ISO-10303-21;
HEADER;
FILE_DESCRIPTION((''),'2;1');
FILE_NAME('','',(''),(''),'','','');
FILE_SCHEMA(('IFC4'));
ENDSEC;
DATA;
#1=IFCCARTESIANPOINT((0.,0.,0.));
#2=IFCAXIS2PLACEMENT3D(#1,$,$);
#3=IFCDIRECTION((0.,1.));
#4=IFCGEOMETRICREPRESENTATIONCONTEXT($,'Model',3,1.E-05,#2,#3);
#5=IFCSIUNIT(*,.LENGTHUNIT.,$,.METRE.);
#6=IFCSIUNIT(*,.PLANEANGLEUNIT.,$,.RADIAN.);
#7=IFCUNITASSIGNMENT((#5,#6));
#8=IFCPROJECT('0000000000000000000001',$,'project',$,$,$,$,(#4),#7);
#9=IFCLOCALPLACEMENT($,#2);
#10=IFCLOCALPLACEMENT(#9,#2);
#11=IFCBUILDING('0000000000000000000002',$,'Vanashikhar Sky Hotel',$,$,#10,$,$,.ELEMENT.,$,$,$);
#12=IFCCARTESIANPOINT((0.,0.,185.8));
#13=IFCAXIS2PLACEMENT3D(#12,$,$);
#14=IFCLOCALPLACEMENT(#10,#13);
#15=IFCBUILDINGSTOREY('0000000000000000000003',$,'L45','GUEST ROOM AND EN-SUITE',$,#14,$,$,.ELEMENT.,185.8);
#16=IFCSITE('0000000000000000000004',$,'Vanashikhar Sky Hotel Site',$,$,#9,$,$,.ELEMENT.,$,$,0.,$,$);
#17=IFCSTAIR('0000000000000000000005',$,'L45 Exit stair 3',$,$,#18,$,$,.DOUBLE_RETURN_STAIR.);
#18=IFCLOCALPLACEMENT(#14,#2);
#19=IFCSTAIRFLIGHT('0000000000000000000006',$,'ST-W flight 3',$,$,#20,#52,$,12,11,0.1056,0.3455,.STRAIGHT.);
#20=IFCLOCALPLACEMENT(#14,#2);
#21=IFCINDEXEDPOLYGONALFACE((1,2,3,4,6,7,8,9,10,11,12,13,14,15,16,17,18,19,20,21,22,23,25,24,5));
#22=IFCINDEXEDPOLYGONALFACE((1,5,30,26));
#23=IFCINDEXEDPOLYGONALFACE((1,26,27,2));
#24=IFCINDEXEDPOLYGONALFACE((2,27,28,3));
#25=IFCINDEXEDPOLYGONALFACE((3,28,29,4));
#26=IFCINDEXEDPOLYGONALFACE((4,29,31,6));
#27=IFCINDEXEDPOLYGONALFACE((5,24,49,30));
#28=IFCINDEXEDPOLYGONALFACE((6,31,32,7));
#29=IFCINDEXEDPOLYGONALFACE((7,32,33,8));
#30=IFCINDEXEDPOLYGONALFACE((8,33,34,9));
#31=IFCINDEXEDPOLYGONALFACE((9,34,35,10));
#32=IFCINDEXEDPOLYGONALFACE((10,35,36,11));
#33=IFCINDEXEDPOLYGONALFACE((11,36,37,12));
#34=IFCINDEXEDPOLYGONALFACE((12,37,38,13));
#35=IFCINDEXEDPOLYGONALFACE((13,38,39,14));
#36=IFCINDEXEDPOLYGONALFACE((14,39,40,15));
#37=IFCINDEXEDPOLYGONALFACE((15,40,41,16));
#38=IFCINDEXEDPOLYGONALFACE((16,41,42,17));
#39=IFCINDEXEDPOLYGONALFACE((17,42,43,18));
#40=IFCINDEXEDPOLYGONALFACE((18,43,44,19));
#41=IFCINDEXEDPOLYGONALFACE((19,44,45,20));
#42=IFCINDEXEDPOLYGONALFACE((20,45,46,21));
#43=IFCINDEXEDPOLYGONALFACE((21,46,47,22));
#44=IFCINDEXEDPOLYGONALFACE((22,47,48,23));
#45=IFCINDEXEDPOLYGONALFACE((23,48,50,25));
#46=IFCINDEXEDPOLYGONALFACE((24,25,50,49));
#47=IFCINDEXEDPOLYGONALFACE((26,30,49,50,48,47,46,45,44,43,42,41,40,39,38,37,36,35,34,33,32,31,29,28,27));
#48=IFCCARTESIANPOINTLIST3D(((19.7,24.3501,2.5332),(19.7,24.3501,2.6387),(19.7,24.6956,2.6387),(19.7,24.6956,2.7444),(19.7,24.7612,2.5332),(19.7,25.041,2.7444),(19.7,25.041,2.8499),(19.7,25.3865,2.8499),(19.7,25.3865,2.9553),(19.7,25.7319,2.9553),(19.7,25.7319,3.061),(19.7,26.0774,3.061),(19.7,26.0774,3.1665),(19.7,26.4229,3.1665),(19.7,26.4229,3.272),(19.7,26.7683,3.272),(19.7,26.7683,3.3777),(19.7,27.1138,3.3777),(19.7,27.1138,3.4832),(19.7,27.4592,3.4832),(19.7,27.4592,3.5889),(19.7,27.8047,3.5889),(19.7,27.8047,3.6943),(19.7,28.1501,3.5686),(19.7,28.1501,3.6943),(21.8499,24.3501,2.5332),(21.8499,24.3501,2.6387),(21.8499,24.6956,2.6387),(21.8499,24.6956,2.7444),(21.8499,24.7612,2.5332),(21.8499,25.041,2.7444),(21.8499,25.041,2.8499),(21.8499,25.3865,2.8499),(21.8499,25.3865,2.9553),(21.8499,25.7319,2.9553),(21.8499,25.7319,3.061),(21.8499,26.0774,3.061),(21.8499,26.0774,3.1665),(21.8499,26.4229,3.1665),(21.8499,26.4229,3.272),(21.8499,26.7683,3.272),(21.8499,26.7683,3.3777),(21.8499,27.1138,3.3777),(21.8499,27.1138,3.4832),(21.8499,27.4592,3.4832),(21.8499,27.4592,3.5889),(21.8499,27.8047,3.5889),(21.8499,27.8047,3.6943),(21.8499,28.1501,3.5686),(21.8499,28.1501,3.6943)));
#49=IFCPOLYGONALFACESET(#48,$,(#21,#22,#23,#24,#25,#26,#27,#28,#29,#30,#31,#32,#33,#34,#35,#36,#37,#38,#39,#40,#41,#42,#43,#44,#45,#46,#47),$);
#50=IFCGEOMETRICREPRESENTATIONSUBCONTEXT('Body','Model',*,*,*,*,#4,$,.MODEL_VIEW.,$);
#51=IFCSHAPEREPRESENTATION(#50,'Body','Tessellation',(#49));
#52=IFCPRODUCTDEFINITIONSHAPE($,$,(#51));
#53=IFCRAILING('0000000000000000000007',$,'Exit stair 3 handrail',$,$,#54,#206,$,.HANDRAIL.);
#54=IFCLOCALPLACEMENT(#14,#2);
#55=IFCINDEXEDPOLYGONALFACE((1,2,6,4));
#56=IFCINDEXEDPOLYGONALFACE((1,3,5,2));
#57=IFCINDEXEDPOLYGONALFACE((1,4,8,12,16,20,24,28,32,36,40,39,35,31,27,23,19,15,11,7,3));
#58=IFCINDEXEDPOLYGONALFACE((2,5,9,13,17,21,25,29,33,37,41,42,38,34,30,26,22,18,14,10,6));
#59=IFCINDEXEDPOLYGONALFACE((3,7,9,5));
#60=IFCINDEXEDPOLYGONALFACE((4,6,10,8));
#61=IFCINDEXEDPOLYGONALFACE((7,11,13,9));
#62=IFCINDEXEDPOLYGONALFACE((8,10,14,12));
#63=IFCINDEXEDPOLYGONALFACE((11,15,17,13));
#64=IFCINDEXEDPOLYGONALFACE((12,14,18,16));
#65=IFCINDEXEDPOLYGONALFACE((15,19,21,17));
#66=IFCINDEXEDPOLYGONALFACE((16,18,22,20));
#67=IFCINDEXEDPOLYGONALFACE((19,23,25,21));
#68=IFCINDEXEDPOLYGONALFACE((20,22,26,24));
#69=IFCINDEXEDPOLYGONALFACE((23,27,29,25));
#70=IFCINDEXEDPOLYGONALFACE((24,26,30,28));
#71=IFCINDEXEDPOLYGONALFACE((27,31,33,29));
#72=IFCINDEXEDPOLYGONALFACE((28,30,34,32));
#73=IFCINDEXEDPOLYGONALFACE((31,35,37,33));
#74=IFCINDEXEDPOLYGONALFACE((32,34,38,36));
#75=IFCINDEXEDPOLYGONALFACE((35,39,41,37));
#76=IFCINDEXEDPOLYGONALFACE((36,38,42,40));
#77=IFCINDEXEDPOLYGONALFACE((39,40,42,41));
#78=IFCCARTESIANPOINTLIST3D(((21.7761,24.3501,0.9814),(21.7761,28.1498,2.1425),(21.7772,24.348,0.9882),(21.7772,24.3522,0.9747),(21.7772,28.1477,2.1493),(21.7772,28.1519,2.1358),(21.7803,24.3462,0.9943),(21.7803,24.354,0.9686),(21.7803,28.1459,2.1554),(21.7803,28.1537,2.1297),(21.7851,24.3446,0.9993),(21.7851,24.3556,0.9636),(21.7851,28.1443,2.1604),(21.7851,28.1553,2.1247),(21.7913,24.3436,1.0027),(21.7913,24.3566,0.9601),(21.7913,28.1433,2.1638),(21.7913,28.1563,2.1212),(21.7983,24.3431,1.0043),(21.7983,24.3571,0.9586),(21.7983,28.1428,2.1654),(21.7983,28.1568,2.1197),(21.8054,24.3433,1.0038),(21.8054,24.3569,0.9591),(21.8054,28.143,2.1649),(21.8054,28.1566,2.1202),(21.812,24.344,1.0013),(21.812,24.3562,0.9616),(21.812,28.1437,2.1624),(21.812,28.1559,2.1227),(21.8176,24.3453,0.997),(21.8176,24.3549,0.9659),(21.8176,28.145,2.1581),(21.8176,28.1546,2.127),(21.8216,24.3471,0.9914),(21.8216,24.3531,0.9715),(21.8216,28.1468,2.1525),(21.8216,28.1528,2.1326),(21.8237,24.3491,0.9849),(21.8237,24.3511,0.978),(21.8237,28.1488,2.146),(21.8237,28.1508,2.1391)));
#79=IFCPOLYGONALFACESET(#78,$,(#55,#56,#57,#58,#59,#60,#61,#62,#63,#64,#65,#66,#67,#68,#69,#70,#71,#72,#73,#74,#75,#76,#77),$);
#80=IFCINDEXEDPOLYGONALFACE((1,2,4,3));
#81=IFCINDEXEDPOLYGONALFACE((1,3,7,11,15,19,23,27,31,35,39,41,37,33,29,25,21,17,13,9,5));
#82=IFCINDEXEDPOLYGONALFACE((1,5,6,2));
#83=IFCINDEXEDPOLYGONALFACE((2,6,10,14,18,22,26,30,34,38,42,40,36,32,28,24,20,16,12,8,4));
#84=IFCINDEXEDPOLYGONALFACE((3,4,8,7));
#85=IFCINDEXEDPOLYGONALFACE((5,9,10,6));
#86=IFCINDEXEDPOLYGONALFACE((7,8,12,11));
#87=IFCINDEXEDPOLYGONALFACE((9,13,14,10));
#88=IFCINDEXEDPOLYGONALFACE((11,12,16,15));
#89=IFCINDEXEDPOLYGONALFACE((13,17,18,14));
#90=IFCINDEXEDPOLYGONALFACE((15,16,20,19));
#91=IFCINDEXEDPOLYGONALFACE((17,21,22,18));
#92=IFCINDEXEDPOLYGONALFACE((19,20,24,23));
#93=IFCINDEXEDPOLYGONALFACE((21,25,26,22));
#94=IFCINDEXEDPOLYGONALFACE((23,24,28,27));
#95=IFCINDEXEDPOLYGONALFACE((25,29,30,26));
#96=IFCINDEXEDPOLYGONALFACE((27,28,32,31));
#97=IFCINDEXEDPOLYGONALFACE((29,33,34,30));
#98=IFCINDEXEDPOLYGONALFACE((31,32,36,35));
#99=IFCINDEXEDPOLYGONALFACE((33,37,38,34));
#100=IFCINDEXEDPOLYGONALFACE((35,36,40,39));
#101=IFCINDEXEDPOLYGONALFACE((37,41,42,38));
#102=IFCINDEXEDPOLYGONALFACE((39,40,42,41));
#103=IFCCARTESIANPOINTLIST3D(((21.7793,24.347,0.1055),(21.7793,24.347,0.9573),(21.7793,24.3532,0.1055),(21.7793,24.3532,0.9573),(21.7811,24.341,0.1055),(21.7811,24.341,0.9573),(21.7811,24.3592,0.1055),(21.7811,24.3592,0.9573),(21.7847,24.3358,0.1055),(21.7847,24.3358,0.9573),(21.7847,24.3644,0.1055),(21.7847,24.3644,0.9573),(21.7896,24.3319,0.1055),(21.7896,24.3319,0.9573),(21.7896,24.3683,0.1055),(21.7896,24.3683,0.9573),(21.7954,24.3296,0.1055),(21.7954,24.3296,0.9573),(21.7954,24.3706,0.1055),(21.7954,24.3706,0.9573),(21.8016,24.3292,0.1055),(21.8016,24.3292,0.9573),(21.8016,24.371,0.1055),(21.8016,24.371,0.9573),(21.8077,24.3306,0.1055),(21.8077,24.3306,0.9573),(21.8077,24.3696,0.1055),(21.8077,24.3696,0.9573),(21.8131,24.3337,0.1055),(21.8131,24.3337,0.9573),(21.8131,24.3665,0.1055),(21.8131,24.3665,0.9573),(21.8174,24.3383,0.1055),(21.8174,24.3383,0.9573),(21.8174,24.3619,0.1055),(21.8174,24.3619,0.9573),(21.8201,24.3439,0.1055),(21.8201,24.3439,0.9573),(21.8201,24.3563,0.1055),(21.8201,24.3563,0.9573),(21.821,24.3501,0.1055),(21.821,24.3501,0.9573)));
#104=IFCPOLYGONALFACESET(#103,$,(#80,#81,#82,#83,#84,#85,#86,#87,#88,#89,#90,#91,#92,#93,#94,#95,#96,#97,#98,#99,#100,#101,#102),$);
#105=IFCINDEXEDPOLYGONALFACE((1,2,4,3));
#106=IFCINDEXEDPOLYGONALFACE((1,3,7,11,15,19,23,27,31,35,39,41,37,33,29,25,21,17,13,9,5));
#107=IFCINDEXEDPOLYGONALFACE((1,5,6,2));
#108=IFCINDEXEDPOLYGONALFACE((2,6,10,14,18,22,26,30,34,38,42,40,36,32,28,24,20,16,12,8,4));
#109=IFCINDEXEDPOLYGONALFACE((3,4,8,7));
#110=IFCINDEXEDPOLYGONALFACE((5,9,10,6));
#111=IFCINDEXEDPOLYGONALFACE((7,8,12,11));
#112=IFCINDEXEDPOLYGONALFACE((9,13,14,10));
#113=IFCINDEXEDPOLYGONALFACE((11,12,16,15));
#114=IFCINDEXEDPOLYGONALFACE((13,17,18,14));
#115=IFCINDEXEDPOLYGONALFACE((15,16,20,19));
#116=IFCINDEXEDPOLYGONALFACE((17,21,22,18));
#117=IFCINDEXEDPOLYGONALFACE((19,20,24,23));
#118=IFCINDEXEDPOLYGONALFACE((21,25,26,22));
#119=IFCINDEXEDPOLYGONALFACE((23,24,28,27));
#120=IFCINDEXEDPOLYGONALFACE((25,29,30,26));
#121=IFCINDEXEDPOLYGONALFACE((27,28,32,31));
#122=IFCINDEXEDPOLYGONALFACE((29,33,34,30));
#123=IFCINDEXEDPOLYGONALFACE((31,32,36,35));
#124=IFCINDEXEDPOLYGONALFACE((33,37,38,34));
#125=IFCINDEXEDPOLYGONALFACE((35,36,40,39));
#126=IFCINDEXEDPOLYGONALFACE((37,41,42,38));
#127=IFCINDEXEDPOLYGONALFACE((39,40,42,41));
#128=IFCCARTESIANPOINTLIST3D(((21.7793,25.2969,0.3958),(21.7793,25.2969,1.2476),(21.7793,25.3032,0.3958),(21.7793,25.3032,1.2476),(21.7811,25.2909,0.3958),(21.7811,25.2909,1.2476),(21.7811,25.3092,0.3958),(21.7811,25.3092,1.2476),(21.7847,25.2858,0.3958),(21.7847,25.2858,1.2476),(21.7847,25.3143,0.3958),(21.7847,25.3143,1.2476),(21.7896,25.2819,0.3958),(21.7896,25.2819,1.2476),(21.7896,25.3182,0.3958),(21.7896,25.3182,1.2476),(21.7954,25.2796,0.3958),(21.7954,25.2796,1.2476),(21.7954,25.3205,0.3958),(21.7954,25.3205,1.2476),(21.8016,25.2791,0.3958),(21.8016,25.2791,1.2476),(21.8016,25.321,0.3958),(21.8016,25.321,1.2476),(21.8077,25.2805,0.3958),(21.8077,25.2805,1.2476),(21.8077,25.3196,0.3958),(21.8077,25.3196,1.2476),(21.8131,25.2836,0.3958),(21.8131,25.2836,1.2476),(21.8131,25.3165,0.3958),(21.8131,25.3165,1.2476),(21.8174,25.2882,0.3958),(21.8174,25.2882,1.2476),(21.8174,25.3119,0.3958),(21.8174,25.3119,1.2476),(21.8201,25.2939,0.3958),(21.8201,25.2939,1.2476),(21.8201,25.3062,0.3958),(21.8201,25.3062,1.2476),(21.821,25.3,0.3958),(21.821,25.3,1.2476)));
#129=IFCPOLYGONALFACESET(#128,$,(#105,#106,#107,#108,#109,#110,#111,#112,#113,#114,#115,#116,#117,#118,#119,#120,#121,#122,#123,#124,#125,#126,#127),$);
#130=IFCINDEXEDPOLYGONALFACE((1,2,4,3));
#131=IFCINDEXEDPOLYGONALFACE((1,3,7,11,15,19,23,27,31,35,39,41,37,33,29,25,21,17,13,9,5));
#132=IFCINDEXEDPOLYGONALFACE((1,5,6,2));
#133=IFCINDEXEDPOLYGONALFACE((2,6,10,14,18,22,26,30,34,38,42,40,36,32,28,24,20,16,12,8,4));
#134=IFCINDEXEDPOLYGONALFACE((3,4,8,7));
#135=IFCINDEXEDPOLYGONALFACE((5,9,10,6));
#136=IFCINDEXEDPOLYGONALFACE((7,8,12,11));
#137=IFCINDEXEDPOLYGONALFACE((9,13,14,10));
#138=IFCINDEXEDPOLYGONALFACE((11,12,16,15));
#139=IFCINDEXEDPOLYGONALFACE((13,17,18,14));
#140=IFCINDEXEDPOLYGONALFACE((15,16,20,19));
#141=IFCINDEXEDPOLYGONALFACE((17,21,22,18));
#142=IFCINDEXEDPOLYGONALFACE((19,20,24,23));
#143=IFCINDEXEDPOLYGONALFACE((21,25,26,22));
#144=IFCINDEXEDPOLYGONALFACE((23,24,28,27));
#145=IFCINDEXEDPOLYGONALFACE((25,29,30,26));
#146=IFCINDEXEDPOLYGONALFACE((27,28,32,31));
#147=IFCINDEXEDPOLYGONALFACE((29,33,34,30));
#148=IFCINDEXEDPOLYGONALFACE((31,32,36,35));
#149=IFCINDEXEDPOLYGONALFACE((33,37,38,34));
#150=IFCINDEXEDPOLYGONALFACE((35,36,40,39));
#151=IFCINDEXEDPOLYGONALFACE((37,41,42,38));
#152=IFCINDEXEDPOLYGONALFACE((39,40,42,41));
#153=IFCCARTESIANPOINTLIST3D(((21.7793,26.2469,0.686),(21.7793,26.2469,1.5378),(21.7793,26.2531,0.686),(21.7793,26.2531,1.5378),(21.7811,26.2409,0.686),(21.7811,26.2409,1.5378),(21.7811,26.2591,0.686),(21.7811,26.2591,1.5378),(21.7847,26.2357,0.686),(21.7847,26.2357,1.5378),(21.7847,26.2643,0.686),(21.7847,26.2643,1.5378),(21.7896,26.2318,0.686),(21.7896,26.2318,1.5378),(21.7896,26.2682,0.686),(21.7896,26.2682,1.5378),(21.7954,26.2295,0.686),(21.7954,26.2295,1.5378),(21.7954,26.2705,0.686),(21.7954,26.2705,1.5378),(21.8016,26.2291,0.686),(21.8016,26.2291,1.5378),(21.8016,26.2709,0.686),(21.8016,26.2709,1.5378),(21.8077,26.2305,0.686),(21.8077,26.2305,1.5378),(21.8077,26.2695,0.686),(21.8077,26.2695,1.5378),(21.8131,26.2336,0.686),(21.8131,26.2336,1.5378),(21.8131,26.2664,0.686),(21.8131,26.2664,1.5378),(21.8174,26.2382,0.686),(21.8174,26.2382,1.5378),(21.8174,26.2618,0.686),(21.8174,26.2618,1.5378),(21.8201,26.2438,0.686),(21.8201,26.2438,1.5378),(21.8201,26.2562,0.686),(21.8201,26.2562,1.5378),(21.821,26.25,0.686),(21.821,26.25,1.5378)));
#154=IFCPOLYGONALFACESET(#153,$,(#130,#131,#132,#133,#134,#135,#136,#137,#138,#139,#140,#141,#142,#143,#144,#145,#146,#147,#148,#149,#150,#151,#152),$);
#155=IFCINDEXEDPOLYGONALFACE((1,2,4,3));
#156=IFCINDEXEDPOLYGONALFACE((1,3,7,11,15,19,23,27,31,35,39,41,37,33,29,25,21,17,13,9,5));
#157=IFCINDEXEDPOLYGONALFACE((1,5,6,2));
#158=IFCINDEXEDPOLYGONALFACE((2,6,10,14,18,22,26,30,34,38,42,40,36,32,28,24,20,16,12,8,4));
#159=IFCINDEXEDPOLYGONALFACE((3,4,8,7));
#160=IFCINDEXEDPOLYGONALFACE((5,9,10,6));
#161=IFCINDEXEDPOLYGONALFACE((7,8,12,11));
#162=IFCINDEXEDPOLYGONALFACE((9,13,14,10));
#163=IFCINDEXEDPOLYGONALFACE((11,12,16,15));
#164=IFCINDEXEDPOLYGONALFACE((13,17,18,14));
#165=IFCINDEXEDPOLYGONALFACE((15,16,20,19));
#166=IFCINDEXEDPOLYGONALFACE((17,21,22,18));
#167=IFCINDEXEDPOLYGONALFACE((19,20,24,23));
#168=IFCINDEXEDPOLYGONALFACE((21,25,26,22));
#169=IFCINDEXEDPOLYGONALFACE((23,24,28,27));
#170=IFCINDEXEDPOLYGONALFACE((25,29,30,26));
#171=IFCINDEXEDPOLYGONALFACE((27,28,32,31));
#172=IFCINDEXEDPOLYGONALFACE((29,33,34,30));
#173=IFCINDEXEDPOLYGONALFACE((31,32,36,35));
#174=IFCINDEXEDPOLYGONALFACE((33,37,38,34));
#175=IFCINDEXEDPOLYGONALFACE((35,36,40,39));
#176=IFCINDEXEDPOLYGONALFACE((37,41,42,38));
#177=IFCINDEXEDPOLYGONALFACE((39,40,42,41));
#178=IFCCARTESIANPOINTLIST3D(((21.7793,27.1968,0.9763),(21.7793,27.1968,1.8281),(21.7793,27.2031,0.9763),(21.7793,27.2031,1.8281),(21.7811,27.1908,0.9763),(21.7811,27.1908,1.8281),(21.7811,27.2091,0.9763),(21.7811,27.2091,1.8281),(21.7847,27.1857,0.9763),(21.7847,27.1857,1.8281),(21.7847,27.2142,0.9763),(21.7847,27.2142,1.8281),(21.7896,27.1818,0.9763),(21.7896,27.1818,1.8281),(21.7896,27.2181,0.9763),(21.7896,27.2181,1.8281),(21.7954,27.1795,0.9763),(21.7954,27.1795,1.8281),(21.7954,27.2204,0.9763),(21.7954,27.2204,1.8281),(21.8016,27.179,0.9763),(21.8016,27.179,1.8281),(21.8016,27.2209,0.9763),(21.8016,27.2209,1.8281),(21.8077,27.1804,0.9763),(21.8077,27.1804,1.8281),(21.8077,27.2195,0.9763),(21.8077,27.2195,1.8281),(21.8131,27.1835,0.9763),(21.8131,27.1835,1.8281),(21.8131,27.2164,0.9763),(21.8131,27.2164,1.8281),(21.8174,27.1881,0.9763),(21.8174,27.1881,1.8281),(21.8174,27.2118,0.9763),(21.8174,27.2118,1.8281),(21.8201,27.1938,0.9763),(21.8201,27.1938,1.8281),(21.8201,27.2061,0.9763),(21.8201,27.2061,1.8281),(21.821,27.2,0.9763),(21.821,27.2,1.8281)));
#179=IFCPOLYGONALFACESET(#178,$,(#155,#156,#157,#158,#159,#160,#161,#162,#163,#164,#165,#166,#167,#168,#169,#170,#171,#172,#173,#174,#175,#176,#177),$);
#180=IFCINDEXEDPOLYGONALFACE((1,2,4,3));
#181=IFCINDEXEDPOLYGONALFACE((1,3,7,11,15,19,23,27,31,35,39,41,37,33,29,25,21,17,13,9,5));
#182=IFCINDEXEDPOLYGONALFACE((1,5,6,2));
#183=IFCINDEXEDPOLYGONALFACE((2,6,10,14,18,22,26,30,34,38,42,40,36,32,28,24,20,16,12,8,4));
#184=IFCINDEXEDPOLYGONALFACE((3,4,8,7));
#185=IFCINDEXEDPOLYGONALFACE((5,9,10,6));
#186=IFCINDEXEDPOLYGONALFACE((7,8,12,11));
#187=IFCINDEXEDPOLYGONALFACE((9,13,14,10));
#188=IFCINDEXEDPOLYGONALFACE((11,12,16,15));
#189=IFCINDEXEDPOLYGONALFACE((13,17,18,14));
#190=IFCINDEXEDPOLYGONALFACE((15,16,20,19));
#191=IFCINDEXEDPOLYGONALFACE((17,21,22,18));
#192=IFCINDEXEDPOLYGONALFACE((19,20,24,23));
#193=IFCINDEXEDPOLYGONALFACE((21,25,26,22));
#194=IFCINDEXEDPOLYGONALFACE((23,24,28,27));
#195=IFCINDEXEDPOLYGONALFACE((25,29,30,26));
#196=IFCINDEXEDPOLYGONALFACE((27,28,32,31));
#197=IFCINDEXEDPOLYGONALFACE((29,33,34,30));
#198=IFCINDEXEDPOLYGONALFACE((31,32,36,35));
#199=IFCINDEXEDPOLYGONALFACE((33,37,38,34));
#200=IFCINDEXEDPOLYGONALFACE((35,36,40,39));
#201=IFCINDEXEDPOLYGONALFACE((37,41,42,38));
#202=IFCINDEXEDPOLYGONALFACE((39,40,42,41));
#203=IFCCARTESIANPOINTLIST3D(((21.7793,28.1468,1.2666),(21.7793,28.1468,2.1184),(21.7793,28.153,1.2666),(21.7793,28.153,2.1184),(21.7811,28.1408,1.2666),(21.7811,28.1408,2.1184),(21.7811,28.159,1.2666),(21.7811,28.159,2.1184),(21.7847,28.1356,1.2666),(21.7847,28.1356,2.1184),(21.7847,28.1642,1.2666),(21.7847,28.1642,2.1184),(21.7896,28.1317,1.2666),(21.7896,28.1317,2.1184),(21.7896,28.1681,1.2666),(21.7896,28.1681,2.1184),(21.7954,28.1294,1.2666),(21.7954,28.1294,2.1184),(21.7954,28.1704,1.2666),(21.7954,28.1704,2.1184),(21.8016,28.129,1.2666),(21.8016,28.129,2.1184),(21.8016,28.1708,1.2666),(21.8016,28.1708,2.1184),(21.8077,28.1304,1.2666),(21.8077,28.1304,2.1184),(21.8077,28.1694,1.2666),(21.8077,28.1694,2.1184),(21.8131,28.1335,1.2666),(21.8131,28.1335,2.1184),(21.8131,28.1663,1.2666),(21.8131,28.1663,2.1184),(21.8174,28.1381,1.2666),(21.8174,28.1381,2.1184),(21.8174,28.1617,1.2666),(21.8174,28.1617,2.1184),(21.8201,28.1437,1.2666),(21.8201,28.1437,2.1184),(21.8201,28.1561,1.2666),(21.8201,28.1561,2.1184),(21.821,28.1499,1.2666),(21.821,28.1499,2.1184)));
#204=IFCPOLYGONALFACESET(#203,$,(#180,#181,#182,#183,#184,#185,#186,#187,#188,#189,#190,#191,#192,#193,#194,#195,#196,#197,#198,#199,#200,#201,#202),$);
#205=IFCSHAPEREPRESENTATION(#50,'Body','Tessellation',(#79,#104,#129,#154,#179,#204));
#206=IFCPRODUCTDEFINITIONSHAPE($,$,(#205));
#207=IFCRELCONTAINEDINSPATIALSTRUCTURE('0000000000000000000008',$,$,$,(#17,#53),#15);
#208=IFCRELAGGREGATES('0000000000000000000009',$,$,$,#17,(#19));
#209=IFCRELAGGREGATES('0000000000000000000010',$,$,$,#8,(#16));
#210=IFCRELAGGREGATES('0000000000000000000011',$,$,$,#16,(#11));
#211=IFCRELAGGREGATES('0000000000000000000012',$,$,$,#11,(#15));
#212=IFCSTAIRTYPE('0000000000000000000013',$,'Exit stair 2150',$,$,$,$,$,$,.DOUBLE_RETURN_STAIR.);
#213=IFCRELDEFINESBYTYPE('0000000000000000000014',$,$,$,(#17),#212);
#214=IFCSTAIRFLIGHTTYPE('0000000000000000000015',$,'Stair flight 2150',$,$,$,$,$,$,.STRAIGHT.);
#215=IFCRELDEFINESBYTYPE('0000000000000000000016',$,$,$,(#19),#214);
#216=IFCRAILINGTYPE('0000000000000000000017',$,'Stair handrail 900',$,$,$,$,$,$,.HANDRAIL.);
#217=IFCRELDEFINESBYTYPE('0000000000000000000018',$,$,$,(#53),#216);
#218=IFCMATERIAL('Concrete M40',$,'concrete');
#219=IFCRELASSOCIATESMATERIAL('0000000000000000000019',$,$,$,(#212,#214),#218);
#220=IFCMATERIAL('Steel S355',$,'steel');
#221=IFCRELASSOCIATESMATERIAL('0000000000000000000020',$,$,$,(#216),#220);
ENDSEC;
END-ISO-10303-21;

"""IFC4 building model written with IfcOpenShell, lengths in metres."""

from ifc_helpers import new_model, si_unit, direction, frame, origin, origin_2d, place, context, subcontext, project, spatial, polyline, circle, outline, extrude, source, transform, mapped, material, type_object, element, aggregate, save


model = new_model("IFC4")

# Units and contexts
model_context = context("Model", 3, precision=1e-05, world=origin(), true_north=direction((0.0, 1.0)))
body_context = subcontext(model_context, "Body", "Model", "MODEL_VIEW")
ifc_project = project(units=[si_unit("LENGTHUNIT", "METRE"), si_unit("PLANEANGLEUNIT", "RADIAN")], contexts=[model_context])

# Site, building, storey
site_placement = place(None, origin())
site = spatial("IfcSite", under=ifc_project, at=site_placement, Name="Vanashikhar Sky Hotel Site", CompositionType="ELEMENT", RefElevation=0.0)
building_placement = place(site_placement, origin())
building = spatial("IfcBuilding", under=site, at=building_placement, Name="Vanashikhar Sky Hotel", CompositionType="ELEMENT")
storey_placement = place(building_placement, frame((0.0, 0.0, 185.8)))
storey = spatial("IfcBuildingStorey", under=building, at=storey_placement, Name="L45", Description="GUEST ROOM AND EN-SUITE", CompositionType="ELEMENT", Elevation=185.8)

# Stair, stair flight
ifc_material_1 = material(Name="Concrete M40", Category="concrete")
stair_type = type_object("IfcStairType", Name="Exit stair 2150", PredefinedType="DOUBLE_RETURN_STAIR", material=ifc_material_1)
stair_placement = place(storey_placement, origin())
stair = element("IfcStair", 1, at=stair_placement, inside=storey, type_object=stair_type, Name="L45 Exit stair 3", PredefinedType="DOUBLE_RETURN_STAIR")
stair_flight_type = type_object("IfcStairFlightType", Name="Stair flight 2150", PredefinedType="STRAIGHT", material=ifc_material_1)
shared_shape_1 = source(origin(), body_context, "Body", "SweptSolid", [
    extrude(outline(polyline([(0.0, 0.0), (0.0, 0.1055), (0.3455, 0.1055), (0.3455, 0.2112), (0.6909, 0.2112), (0.6909, 0.3167), (1.0364, 0.3167), (1.0364, 0.4221), (1.3818, 0.4221), (1.3818, 0.5278), (1.7273, 0.5278), (1.7273, 0.6333), (2.0728, 0.6333), (2.0728, 0.7388), (2.4182, 0.7388), (2.4182, 0.8445), (2.7637, 0.8445), (2.7637, 0.95), (3.1091, 0.95), (3.1091, 1.0557), (3.4546, 1.0557), (3.4546, 1.1611), (3.8, 1.1611), (3.8, 1.2666), (3.8, 1.0354), (0.4111, 0.0), (0.0, 0.0)])), frame((0.0, 1.075, 0.0), z_axis=(0.0, -1.0, 0.0), x_axis=(1.0, 0.0, 0.0)), (0.0, 0.0, 1.0), 2.1499),
])
stair_flight_1_placement = place(storey_placement, frame((20.7749, 24.3501, 2.5332), z_axis=(0.0, 0.0, 1.0), x_axis=(0.0, 1.0, 0.0)))
stair_flight_1 = element("IfcStairFlight", 2, at=stair_flight_1_placement, type_object=stair_flight_type, Name="ST-W flight 3", NumberOfRisers=12, NumberOfTreads=11, PredefinedType="STRAIGHT", RiserHeight=0.1056, TreadLength=0.3455, context=body_context, shape_type="MappedRepresentation", body=[
    mapped(shared_shape_1, transform((0.0, 0.0, 0.0), scale=1.0)),
])
aggregate(stair, [stair_flight_1])

# Railing
ifc_material_2 = material(Name="Steel S355", Category="steel")
railing_type_1 = type_object("IfcRailingType", Name="Stair handrail 900", PredefinedType="HANDRAIL", material=ifc_material_2)
shared_shape_2 = source(origin(), body_context, "Body", "SweptSolid", [
    extrude(circle(Radius=0.0239, at=origin_2d()), frame((0.0, 0.0, 0.876), z_axis=(0.0, 0.956346, 0.292237), x_axis=(-1.0, 0.0, 0.0)), (0.0, 0.0, 1.0), 3.9731),
    extrude(circle(Radius=0.021, at=origin_2d()), origin(), (0.0, 0.0, 1.0), 0.8518),
    extrude(circle(Radius=0.021, at=origin_2d()), frame((0.0, 0.95, 0.2903)), (0.0, 0.0, 1.0), 0.8518),
    extrude(circle(Radius=0.021, at=origin_2d()), frame((0.0, 1.8999, 0.5806)), (0.0, 0.0, 1.0), 0.8518),
    extrude(circle(Radius=0.021, at=origin_2d()), frame((0.0, 2.8499, 0.8708)), (0.0, 0.0, 1.0), 0.8518),
    extrude(circle(Radius=0.021, at=origin_2d()), frame((0.0, 3.7998, 1.1611)), (0.0, 0.0, 1.0), 0.8518),
])
railing_1_placement = place(storey_placement, frame((21.8, 24.3501, 0.1055)))
element("IfcRailing", 3, at=railing_1_placement, inside=storey, type_object=railing_type_1, Name="Exit stair 3 handrail", PredefinedType="HANDRAIL", context=body_context, shape_type="MappedRepresentation", body=[
    mapped(shared_shape_2, transform((0.0, 0.0, 0.0), scale=1.0)),
])

save(model, "model.ifc")
